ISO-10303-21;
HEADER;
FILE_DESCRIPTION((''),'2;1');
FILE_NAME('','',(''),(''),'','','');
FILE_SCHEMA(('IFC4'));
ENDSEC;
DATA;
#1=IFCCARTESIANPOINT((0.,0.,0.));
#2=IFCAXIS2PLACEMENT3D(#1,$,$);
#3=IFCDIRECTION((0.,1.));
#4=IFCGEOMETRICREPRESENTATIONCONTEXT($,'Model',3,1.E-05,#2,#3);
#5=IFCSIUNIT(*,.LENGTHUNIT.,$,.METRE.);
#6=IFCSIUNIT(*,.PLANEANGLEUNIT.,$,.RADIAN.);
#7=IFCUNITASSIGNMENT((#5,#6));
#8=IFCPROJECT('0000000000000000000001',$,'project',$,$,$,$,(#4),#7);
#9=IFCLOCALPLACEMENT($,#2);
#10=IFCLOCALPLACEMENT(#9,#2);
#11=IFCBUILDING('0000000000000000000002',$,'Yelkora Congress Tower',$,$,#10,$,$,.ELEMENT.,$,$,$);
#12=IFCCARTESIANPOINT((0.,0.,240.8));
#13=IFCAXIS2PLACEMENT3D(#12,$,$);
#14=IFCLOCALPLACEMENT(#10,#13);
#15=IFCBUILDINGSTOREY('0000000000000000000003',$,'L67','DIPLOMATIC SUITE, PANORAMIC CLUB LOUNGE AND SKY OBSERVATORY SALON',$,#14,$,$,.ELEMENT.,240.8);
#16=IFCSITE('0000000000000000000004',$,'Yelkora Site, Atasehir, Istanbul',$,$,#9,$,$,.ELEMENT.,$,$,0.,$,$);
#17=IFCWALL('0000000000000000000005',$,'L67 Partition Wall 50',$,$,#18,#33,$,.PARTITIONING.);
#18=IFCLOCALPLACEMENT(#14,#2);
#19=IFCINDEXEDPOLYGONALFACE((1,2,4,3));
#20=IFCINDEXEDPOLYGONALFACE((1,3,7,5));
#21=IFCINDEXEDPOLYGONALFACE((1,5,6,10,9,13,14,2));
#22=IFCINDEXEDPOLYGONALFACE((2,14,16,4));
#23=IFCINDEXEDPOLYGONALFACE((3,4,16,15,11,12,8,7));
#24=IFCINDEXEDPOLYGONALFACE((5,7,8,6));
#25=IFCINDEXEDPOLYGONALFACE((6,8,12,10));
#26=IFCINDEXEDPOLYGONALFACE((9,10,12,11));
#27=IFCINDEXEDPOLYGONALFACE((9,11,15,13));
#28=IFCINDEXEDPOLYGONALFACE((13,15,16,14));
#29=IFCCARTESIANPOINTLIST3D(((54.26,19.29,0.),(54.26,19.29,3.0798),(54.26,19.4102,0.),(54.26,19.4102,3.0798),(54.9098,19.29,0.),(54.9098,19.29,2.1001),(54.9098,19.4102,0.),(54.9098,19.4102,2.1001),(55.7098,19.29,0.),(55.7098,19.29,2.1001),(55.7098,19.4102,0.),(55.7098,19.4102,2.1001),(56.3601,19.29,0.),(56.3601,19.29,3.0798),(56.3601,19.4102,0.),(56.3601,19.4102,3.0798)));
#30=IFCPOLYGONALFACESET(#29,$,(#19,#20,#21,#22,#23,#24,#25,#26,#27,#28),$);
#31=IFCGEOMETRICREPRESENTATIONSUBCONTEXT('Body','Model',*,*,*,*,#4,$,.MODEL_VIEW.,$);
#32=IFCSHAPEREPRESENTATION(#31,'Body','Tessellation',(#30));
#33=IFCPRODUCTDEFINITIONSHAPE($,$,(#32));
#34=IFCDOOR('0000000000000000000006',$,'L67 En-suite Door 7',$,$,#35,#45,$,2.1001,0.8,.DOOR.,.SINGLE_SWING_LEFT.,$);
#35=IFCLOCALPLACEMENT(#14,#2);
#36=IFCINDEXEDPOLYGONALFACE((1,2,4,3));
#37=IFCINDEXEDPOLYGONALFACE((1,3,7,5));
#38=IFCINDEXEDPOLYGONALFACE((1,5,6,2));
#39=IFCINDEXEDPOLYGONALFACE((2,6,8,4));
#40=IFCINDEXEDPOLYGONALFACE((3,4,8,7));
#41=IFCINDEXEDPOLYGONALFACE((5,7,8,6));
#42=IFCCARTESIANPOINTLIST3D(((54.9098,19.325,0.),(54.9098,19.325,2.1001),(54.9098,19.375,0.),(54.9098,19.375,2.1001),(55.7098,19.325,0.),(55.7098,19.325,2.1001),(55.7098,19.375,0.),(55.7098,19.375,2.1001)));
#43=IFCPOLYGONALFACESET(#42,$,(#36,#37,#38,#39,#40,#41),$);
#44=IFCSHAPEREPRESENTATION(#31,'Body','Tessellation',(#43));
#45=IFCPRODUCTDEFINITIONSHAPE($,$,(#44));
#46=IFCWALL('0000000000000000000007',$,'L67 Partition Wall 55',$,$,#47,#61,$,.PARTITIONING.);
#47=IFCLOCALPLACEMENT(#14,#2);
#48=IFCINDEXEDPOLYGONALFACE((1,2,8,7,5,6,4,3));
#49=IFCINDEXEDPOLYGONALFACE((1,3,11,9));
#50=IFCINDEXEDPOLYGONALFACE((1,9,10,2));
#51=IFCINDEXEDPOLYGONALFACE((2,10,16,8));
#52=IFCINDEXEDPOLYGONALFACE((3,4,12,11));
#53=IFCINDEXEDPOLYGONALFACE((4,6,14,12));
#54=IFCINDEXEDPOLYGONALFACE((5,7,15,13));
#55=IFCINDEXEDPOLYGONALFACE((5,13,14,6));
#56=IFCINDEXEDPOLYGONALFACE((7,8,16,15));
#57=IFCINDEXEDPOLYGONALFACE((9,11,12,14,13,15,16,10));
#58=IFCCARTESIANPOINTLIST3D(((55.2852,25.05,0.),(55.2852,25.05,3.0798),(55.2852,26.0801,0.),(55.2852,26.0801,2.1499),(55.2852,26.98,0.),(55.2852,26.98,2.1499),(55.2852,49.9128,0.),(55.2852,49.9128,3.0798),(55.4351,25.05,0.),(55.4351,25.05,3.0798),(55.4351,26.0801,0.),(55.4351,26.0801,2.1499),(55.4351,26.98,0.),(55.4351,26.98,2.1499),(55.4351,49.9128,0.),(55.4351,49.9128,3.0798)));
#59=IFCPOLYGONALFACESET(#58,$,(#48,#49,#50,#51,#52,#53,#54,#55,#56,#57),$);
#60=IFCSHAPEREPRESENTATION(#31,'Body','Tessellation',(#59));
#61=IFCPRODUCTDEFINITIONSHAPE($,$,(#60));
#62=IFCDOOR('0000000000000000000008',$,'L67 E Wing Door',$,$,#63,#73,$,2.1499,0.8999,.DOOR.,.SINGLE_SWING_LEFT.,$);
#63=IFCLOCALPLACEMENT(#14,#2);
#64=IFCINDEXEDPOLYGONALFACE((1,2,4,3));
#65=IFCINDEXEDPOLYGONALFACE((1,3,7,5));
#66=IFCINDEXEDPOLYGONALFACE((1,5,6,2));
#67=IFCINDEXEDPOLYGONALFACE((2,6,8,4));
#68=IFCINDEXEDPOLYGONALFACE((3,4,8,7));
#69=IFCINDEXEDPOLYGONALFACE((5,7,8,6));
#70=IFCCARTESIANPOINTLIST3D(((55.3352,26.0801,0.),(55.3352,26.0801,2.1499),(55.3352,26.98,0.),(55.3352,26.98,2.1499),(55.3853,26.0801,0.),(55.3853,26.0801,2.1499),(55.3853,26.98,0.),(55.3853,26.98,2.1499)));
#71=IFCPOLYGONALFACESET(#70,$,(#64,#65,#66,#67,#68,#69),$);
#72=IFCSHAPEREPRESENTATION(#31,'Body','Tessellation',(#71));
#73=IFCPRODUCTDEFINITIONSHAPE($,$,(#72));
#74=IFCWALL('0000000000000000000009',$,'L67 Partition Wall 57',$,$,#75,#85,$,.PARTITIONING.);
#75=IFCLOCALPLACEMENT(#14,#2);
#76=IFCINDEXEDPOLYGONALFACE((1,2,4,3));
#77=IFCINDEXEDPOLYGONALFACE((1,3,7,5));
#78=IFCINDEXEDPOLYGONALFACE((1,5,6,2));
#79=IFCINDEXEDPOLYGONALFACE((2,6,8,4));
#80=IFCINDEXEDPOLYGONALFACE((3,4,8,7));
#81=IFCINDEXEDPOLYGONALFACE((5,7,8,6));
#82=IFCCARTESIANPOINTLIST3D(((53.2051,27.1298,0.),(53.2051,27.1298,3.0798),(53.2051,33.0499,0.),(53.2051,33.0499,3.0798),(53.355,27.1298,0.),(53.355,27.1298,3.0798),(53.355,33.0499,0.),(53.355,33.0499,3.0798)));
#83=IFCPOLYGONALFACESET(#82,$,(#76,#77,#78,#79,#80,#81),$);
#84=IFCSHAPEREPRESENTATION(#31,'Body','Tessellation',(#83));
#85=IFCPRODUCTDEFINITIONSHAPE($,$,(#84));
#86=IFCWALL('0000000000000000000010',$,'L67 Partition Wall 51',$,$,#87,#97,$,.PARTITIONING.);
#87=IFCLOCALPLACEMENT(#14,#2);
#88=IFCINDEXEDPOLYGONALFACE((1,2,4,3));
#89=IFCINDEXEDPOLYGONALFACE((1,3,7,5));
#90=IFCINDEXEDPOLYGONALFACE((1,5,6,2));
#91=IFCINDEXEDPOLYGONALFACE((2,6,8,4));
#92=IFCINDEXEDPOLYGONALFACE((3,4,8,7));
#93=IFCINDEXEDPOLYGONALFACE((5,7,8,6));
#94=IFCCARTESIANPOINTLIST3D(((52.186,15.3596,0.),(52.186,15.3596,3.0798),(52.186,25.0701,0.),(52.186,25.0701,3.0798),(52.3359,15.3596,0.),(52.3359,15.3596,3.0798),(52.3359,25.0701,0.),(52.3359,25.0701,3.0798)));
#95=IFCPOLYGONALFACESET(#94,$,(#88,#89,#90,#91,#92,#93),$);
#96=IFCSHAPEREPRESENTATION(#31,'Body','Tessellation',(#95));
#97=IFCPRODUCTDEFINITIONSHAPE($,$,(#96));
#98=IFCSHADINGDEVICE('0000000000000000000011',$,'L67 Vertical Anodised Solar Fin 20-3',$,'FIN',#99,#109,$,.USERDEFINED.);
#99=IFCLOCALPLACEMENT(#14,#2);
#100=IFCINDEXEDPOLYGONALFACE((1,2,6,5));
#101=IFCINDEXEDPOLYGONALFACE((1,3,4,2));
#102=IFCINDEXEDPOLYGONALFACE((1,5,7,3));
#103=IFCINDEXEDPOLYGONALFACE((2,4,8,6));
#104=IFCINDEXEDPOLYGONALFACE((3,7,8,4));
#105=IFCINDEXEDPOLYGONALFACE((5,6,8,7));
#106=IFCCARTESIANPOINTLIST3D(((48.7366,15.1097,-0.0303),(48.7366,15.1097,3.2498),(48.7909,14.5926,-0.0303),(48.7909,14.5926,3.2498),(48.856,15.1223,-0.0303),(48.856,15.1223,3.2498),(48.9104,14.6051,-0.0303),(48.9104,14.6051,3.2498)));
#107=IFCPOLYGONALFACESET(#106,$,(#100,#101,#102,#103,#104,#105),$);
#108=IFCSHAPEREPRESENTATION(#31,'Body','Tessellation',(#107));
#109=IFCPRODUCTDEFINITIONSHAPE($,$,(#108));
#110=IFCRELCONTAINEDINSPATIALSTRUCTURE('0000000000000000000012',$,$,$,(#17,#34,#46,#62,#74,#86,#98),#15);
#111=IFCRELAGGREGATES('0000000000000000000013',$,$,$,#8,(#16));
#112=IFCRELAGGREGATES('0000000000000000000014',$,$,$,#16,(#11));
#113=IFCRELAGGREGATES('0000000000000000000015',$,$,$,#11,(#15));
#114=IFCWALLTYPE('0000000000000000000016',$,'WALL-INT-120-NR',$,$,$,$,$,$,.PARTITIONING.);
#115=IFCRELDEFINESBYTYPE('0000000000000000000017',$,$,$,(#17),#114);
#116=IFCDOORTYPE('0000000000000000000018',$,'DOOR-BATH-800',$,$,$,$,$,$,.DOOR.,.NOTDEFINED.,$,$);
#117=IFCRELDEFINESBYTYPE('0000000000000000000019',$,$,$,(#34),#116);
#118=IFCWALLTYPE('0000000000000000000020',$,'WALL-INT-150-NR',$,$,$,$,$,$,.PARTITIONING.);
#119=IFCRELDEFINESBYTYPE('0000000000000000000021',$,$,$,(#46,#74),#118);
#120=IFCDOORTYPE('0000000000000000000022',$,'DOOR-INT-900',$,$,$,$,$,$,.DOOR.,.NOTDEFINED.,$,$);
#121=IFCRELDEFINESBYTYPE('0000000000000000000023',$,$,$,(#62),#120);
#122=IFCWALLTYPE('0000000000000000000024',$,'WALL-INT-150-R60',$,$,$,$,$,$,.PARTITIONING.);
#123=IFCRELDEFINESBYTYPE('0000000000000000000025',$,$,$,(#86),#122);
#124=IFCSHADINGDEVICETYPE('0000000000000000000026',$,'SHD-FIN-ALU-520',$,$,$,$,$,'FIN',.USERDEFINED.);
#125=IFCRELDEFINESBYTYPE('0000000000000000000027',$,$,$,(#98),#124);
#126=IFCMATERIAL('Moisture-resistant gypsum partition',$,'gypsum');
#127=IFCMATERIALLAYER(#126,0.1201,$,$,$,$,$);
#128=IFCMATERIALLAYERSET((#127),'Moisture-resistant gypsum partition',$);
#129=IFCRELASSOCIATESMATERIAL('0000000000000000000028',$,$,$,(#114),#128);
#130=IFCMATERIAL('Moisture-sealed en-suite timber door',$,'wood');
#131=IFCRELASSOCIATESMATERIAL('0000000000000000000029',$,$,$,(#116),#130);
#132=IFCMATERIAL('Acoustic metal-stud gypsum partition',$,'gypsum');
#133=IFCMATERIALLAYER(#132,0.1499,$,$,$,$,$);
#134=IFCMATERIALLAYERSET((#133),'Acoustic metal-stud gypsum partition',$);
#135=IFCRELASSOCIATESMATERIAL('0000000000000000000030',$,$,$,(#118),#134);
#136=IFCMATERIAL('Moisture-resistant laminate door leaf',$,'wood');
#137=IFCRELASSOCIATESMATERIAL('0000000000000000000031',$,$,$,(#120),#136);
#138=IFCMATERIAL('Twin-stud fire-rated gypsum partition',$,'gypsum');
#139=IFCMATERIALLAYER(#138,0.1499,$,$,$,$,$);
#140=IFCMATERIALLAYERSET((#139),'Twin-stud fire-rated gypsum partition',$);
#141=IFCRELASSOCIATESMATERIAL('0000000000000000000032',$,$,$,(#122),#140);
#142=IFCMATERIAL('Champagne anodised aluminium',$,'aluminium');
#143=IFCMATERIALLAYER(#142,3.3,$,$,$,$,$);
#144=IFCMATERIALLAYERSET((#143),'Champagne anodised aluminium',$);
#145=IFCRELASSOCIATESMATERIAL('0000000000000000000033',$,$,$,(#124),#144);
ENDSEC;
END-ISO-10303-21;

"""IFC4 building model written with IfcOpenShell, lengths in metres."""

from ifc_helpers import new_model, si_unit, direction, frame, frame_2d, origin, origin_2d, place, context, subcontext, project, spatial, rectangle, extrude, material, layer, layer_set, type_object, element, fill, save


model = new_model("IFC4")

# Units and contexts
model_context = context("Model", 3, precision=1e-05, world=origin(), true_north=direction((0.0, 1.0)))
body_context = subcontext(model_context, "Body", "Model", "MODEL_VIEW")
ifc_project = project(units=[si_unit("LENGTHUNIT", "METRE"), si_unit("PLANEANGLEUNIT", "RADIAN")], contexts=[model_context])

# Site, building, storey
site_placement = place(None, origin())
site = spatial("IfcSite", under=ifc_project, at=site_placement, Name="Yelkora Site, Atasehir, Istanbul", CompositionType="ELEMENT", RefElevation=0.0)
building_placement = place(site_placement, origin())
building = spatial("IfcBuilding", under=site, at=building_placement, Name="Yelkora Congress Tower", CompositionType="ELEMENT")
storey_placement = place(building_placement, frame((0.0, 0.0, 240.8)))
storey = spatial("IfcBuildingStorey", under=building, at=storey_placement, Name="L67", Description="DIPLOMATIC SUITE, PANORAMIC CLUB LOUNGE AND SKY OBSERVATORY SALON", CompositionType="ELEMENT", Elevation=240.8)

# Shared definitions
ifc_material_1 = material(Name="Moisture-resistant gypsum partition", Category="gypsum")
ifc_layer_1 = layer(ifc_material_1, 0.1201)
ifc_layer_set_1 = layer_set([ifc_layer_1], Name="Moisture-resistant gypsum partition")
wall_type_1 = type_object("IfcWallType", Name="WALL-INT-120-NR", PredefinedType="PARTITIONING", material=ifc_layer_set_1)

# Shared definitions
ifc_material_2 = material(Name="Moisture-sealed en-suite timber door", Category="wood")
door_type_1 = type_object("IfcDoorType", Name="DOOR-BATH-800", OperationType="NOTDEFINED", PredefinedType="DOOR", material=ifc_material_2)

# Walls, openings, doors
wall_1_placement = place(storey_placement, frame((54.26, 19.3501, 0.0), z_axis=(0.0, 0.0, 1.0), x_axis=(1.0, 0.0, 0.0)))
wall_1 = element("IfcWall", 1, at=wall_1_placement, inside=storey, type_object=wall_type_1, Name="L67 Partition Wall 50", PredefinedType="PARTITIONING", context=body_context, shape_type="SweptSolid", body=[
    extrude(rectangle(XDim=2.1001, YDim=0.1201, at=frame_2d((1.05, 0.0))), origin(), (0.0, 0.0, 1.0), 3.0798),
])
opening_1_placement = place(wall_1_placement, frame((0.6499, 0.0, 0.0)))
opening_1 = element("IfcOpeningElement", 2, at=opening_1_placement, cuts=wall_1, PredefinedType="OPENING", context=body_context, shape_type="SweptSolid", body=[
    extrude(rectangle(XDim=0.8, YDim=2.1001, at=frame_2d((0.3999, 1.05))), frame((0.0, 0.0701, 0.0), z_axis=(0.0, -1.0, 0.0), x_axis=(1.0, 0.0, 0.0)), (0.0, 0.0, 1.0), 0.1401),
])
door_1_placement = place(opening_1_placement, origin())
door_1 = element("IfcDoor", 3, at=door_1_placement, inside=storey, type_object=door_type_1, Name="L67 En-suite Door 7", OperationType="SINGLE_SWING_LEFT", OverallHeight=2.1001, OverallWidth=0.8, PredefinedType="DOOR", context=body_context, shape_type="SweptSolid", body=[
    extrude(rectangle(XDim=0.8, YDim=2.1001, at=frame_2d((0.3999, 1.05))), frame((0.0, 0.0249, 0.0), z_axis=(0.0, -1.0, 0.0), x_axis=(1.0, 0.0, 0.0)), (0.0, 0.0, 1.0), 0.05),
])
fill(opening_1, door_1)
ifc_material_3 = material(Name="Acoustic metal-stud gypsum partition", Category="gypsum")
ifc_layer_2 = layer(ifc_material_3, 0.1499)
ifc_layer_set_2 = layer_set([ifc_layer_2], Name="Acoustic metal-stud gypsum partition")
wall_type_2 = type_object("IfcWallType", Name="WALL-INT-150-NR", PredefinedType="PARTITIONING", material=ifc_layer_set_2)
wall_2_placement = place(storey_placement, frame((55.3601, 25.05, 0.0), z_axis=(0.0, 0.0, 1.0), x_axis=(0.0, 1.0, 0.0)))
wall_2 = element("IfcWall", 4, at=wall_2_placement, inside=storey, type_object=wall_type_2, Name="L67 Partition Wall 55", PredefinedType="PARTITIONING", context=body_context, shape_type="SweptSolid", body=[
    extrude(rectangle(XDim=24.8628, YDim=0.1499, at=frame_2d((12.4314, 0.0))), origin(), (0.0, 0.0, 1.0), 3.0798),
])
opening_2_placement = place(wall_2_placement, frame((1.03, 0.0, 0.0)))
opening_2 = element("IfcOpeningElement", 5, at=opening_2_placement, cuts=wall_2, PredefinedType="OPENING", context=body_context, shape_type="SweptSolid", body=[
    extrude(rectangle(XDim=0.8999, YDim=2.1499, at=frame_2d((0.45, 1.075))), frame((0.0, 0.085, 0.0), z_axis=(0.0, -1.0, 0.0), x_axis=(1.0, 0.0, 0.0)), (0.0, 0.0, 1.0), 0.1699),
])
ifc_material_4 = material(Name="Moisture-resistant laminate door leaf", Category="wood")
door_type_2 = type_object("IfcDoorType", Name="DOOR-INT-900", OperationType="NOTDEFINED", PredefinedType="DOOR", material=ifc_material_4)
door_2_placement = place(opening_2_placement, origin())
door_2 = element("IfcDoor", 6, at=door_2_placement, inside=storey, type_object=door_type_2, Name="L67 E Wing Door", OperationType="SINGLE_SWING_LEFT", OverallHeight=2.1499, OverallWidth=0.8999, PredefinedType="DOOR", context=body_context, shape_type="SweptSolid", body=[
    extrude(rectangle(XDim=0.8999, YDim=2.1499, at=frame_2d((0.45, 1.075))), frame((0.0, 0.0249, 0.0), z_axis=(0.0, -1.0, 0.0), x_axis=(1.0, 0.0, 0.0)), (0.0, 0.0, 1.0), 0.05),
])
fill(opening_2, door_2)

# Walls
wall_3_placement = place(storey_placement, frame((53.28, 27.1299, 0.0), z_axis=(0.0, 0.0, 1.0), x_axis=(0.0, 1.0, 0.0)))
element("IfcWall", 7, at=wall_3_placement, inside=storey, type_object=wall_type_2, Name="L67 Partition Wall 57", PredefinedType="PARTITIONING", context=body_context, shape_type="SweptSolid", body=[
    extrude(rectangle(XDim=5.9202, YDim=0.1499, at=frame_2d((2.96, 0.0))), origin(), (0.0, 0.0, 1.0), 3.0798),
])
ifc_material_5 = material(Name="Twin-stud fire-rated gypsum partition", Category="gypsum")
ifc_layer_3 = layer(ifc_material_5, 0.1499)
ifc_layer_set_3 = layer_set([ifc_layer_3], Name="Twin-stud fire-rated gypsum partition")
wall_type_3 = type_object("IfcWallType", Name="WALL-INT-150-R60", PredefinedType="PARTITIONING", material=ifc_layer_set_3)
wall_4_placement = place(storey_placement, frame((52.261, 15.3596, 0.0), z_axis=(0.0, 0.0, 1.0), x_axis=(0.0, 1.0, 0.0)))
element("IfcWall", 8, at=wall_4_placement, inside=storey, type_object=wall_type_3, Name="L67 Partition Wall 51", PredefinedType="PARTITIONING", context=body_context, shape_type="SweptSolid", body=[
    extrude(rectangle(XDim=9.7104, YDim=0.1499, at=frame_2d((4.8552, 0.0))), origin(), (0.0, 0.0, 1.0), 3.0798),
])

# Shading device
ifc_material_6 = material(Name="Champagne anodised aluminium", Category="aluminium")
ifc_layer_4 = layer(ifc_material_6, 3.3)
ifc_layer_set_4 = layer_set([ifc_layer_4], Name="Champagne anodised aluminium")
shading_device_type = type_object("IfcShadingDeviceType", Name="SHD-FIN-ALU-520", ElementType="FIN", PredefinedType="USERDEFINED", material=ifc_layer_set_4)
shading_device_placement = place(storey_placement, frame((48.8235, 14.8574, -0.0303), z_axis=(0.0, 0.0, 1.0), x_axis=(-0.994522, -0.104528, 0.0)))
element("IfcShadingDevice", 9, at=shading_device_placement, inside=storey, type_object=shading_device_type, Name="L67 Vertical Anodised Solar Fin 20-3", ObjectType="FIN", PredefinedType="USERDEFINED", context=body_context, shape_type="SweptSolid", body=[
    extrude(rectangle(XDim=0.1201, YDim=0.52, at=origin_2d()), origin(), (0.0, 0.0, 1.0), 3.28),
])

save(model, "model.ifc")
